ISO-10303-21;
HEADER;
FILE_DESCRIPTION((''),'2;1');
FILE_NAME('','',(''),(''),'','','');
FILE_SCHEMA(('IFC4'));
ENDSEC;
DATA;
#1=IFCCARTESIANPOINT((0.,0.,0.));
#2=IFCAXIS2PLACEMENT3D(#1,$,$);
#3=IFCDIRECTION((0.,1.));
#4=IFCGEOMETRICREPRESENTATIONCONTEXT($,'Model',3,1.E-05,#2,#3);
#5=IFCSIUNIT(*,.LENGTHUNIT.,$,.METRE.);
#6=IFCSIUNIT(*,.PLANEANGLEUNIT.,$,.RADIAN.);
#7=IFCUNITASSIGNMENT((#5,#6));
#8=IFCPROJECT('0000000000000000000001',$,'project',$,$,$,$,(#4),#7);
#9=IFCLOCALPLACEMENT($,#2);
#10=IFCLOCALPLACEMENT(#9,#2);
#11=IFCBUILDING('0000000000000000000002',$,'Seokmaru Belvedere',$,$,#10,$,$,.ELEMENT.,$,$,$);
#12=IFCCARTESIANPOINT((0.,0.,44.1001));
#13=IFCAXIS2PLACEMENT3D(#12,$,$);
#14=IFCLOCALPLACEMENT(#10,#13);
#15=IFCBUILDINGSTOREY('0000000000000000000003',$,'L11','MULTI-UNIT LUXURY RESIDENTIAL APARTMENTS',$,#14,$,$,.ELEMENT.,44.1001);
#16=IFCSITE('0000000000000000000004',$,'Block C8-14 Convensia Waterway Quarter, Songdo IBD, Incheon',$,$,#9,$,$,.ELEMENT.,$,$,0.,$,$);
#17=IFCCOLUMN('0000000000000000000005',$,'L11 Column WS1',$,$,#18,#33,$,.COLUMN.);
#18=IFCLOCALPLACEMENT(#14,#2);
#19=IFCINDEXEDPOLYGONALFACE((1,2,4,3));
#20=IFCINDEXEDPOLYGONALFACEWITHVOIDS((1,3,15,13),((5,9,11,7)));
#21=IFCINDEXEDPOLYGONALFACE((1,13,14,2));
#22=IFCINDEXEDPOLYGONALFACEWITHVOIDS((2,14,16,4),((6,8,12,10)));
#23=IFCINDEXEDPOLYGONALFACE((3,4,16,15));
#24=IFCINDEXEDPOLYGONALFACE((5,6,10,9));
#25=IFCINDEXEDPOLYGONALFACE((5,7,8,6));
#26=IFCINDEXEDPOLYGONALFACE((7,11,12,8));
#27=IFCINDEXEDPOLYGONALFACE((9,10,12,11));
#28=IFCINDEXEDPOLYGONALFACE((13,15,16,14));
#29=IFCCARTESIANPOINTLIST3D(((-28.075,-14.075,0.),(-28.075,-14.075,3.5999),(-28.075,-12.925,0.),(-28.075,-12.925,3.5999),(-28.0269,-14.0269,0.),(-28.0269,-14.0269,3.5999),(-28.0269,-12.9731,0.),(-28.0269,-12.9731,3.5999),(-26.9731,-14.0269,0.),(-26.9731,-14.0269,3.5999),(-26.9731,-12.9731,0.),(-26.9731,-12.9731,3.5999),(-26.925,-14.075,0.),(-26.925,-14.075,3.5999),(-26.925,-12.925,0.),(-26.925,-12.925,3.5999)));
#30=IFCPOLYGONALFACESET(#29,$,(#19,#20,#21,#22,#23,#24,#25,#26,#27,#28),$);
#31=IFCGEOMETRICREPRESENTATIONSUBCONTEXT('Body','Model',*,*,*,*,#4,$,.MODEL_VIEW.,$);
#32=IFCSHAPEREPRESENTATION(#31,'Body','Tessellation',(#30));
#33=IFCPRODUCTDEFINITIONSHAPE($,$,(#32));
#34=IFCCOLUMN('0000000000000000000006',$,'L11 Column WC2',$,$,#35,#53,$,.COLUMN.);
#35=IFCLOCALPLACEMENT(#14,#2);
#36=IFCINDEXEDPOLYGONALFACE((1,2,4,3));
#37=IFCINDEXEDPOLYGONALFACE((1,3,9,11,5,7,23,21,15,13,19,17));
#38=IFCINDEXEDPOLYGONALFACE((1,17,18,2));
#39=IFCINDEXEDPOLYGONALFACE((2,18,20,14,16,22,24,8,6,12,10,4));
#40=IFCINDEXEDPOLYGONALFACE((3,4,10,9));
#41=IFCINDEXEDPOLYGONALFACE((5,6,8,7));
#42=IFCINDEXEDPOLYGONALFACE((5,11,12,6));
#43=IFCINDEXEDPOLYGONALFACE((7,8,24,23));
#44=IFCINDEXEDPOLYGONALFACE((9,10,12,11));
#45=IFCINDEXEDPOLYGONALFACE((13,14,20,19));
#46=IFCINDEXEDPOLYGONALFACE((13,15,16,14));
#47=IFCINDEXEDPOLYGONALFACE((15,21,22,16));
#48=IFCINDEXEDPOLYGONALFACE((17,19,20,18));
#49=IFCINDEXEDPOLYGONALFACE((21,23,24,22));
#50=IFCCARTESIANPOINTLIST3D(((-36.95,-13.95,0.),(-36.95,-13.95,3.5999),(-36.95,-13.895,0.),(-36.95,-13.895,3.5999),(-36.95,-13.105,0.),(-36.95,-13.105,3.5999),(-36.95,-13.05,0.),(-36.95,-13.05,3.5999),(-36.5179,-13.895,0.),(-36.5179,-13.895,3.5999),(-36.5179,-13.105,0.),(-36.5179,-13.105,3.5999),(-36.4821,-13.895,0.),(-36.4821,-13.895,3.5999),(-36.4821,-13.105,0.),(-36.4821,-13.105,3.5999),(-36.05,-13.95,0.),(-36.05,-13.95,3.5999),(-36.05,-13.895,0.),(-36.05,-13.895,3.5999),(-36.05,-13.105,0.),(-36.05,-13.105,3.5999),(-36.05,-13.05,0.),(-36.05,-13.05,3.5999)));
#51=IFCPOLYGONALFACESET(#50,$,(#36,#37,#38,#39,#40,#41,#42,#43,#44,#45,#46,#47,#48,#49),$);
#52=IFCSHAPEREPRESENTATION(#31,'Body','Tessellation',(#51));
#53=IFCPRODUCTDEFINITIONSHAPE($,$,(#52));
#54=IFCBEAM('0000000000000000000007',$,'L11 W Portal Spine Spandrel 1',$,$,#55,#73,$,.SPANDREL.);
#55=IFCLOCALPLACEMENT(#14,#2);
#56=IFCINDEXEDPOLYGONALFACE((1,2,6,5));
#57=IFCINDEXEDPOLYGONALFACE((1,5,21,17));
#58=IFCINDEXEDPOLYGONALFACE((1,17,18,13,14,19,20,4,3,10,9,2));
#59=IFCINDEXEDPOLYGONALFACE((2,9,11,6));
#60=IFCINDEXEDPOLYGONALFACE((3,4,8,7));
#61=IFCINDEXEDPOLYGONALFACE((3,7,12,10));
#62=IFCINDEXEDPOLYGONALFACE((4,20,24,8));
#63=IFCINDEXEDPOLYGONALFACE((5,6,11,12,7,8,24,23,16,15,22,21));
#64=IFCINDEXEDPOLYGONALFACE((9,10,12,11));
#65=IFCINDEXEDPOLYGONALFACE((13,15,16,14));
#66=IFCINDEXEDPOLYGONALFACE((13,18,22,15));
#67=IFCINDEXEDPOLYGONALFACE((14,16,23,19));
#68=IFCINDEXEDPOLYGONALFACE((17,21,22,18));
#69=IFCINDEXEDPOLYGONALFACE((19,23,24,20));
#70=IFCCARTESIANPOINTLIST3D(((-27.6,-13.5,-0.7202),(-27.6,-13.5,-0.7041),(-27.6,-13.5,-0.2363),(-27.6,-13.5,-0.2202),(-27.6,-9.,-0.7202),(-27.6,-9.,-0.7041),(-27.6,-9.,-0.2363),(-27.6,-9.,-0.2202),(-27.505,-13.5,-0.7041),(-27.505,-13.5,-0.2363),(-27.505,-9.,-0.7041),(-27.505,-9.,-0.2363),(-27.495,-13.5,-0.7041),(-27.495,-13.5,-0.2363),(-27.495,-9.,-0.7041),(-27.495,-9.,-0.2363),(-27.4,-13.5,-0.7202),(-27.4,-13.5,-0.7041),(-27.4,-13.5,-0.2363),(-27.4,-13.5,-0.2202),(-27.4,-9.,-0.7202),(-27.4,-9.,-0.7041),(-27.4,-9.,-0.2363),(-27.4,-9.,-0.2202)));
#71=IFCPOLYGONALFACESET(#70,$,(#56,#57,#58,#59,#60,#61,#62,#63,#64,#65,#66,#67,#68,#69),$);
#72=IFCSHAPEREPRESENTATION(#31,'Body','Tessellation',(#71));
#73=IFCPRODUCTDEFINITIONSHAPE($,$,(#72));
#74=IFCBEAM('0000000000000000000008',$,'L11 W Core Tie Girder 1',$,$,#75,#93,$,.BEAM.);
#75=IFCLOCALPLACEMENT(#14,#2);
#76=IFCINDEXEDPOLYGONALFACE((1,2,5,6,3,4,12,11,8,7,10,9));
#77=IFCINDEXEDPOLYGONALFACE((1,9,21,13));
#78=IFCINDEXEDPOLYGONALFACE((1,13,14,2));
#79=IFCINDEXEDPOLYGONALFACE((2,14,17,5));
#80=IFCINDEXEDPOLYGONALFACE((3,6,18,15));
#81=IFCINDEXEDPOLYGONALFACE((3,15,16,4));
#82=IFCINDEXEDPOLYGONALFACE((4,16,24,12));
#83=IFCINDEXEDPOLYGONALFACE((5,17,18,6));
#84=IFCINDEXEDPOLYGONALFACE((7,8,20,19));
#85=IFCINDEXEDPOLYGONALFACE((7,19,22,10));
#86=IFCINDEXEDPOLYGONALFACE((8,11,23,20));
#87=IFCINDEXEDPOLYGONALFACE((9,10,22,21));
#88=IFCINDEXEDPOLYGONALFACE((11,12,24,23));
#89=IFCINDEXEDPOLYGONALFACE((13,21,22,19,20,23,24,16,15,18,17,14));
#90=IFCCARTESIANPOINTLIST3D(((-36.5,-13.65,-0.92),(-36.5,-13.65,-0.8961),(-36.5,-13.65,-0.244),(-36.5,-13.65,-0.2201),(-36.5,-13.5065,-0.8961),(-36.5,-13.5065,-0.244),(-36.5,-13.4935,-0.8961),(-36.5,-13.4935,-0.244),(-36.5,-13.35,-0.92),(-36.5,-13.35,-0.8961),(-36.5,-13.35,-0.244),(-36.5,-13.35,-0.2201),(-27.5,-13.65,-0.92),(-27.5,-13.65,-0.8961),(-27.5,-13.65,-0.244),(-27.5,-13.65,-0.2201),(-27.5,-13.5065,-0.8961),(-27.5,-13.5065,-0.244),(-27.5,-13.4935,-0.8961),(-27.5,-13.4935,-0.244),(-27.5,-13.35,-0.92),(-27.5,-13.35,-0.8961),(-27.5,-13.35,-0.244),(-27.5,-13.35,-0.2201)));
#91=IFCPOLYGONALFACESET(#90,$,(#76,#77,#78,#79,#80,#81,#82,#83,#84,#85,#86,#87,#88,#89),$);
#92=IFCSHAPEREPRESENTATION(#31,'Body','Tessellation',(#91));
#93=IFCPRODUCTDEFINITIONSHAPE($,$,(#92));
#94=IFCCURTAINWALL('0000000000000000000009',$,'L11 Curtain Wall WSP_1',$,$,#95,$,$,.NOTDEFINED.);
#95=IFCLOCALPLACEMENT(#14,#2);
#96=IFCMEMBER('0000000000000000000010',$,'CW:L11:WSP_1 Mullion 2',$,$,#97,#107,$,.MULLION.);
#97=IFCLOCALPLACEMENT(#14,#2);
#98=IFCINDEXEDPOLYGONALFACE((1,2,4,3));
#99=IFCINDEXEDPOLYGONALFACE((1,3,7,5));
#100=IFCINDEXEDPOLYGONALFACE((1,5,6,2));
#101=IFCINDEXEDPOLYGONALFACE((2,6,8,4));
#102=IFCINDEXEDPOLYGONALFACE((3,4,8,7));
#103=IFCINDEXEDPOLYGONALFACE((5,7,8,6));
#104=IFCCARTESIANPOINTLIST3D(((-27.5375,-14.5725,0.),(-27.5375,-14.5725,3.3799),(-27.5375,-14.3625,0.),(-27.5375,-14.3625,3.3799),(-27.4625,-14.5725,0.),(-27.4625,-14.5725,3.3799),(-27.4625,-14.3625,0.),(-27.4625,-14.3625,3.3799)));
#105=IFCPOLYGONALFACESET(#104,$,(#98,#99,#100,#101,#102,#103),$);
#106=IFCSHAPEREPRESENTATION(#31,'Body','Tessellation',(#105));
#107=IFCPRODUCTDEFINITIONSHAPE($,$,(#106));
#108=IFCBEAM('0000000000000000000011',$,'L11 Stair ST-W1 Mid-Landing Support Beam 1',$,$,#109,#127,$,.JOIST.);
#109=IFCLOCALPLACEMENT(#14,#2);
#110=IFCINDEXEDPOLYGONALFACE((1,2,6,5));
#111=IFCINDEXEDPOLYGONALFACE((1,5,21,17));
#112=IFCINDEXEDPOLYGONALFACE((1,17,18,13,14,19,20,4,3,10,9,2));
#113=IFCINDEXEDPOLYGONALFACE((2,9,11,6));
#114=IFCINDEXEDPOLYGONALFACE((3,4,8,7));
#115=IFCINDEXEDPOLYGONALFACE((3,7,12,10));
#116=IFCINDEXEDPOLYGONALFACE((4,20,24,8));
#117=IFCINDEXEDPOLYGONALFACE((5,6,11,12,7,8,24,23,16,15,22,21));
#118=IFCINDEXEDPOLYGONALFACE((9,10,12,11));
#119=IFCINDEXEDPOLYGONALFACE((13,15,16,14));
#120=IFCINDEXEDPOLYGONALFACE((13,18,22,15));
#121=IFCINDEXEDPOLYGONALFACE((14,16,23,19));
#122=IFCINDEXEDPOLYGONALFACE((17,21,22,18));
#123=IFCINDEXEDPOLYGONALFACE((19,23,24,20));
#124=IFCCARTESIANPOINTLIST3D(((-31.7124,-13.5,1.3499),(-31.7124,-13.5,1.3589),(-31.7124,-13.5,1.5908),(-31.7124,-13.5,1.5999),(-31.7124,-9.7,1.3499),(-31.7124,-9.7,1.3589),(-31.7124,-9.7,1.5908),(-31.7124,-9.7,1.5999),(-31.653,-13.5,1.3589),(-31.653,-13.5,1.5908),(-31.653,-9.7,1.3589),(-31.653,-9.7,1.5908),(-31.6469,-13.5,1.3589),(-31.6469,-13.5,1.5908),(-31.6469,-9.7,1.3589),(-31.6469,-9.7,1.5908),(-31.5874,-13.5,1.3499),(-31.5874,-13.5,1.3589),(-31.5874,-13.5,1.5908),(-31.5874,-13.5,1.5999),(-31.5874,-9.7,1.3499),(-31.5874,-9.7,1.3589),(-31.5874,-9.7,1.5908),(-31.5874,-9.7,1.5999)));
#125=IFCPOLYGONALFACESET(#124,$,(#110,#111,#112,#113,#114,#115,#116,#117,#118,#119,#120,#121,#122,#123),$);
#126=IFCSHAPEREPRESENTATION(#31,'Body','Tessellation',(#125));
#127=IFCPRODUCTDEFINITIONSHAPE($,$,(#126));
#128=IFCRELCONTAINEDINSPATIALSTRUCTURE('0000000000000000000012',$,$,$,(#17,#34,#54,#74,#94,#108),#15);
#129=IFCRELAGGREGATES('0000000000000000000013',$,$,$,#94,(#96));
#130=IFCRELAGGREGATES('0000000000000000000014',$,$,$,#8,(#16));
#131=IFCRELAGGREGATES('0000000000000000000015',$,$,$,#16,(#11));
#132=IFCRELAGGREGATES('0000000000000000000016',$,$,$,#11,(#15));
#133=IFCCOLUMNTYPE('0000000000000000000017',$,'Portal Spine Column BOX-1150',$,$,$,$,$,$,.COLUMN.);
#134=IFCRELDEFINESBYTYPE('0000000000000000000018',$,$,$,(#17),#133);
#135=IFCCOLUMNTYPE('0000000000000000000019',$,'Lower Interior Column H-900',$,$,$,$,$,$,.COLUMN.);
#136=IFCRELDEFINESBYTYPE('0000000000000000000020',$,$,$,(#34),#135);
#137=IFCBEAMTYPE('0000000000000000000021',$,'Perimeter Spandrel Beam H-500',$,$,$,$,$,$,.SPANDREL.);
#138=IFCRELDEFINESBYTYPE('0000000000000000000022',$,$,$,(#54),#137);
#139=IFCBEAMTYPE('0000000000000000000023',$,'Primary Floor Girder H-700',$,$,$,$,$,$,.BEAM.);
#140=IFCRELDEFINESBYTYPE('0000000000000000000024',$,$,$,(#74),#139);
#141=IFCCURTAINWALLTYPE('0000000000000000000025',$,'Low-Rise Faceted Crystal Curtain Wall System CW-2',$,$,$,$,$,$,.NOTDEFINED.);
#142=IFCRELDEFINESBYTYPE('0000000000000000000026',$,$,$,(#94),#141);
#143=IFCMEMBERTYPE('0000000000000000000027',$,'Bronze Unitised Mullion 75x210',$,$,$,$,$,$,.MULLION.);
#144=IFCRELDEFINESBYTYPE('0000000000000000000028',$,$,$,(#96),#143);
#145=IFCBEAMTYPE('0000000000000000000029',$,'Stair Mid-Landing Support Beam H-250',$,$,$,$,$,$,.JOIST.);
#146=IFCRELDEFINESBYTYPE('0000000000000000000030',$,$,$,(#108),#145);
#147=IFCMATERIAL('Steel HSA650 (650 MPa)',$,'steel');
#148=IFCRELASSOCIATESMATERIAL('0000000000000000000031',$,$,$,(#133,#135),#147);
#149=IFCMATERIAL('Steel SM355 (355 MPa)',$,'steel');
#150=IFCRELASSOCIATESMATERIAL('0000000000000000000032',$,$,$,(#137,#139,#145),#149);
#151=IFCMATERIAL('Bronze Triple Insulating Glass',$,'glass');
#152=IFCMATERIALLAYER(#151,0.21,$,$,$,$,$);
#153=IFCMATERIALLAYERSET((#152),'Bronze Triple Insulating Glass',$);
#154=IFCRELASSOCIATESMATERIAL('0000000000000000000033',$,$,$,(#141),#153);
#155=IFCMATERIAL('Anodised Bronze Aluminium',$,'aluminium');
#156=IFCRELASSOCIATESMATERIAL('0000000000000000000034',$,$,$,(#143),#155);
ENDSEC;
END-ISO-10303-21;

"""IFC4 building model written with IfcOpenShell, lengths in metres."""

from ifc_helpers import new_model, si_unit, direction, frame, origin, origin_2d, place, context, subcontext, project, spatial, rectangle, hollow_rectangle, i_section, extrude, source, transform, mapped, material, layer, layer_set, material_profile, profile_set, type_object, type_shapes, element, aggregate, save


model = new_model("IFC4")

# Units and contexts
model_context = context("Model", 3, precision=1e-05, world=origin(), true_north=direction((0.0, 1.0)))
body_context = subcontext(model_context, "Body", "Model", "MODEL_VIEW")
ifc_project = project(units=[si_unit("LENGTHUNIT", "METRE"), si_unit("PLANEANGLEUNIT", "RADIAN")], contexts=[model_context])

# Site, building, storey
site_placement = place(None, origin())
site = spatial("IfcSite", under=ifc_project, at=site_placement, Name="Block C8-14 Convensia Waterway Quarter, Songdo IBD, Incheon", CompositionType="ELEMENT", RefElevation=0.0)
building_placement = place(site_placement, origin())
building = spatial("IfcBuilding", under=site, at=building_placement, Name="Seokmaru Belvedere", CompositionType="ELEMENT")
storey_placement = place(building_placement, frame((0.0, 0.0, 44.1001)))
storey = spatial("IfcBuildingStorey", under=building, at=storey_placement, Name="L11", Description="MULTI-UNIT LUXURY RESIDENTIAL APARTMENTS", CompositionType="ELEMENT", Elevation=44.1001)

# Columns
ifc_material_1 = material(Name="Steel HSA650 (650 MPa)", Category="steel")
ifc_material_profile_1 = material_profile(ifc_material_1, hollow_rectangle(XDim=1.1499, YDim=1.1499, WallThickness=0.0481, at=origin_2d()), Name="BOX-1150x1150x48")
ifc_profile_set_1 = profile_set([ifc_material_profile_1], Name="Steel HSA650 (650 MPa)")
column_type_1 = type_object("IfcColumnType", Name="Portal Spine Column BOX-1150", PredefinedType="COLUMN", material=ifc_profile_set_1)
shared_shape_1 = source(origin(), body_context, "Body", "SweptSolid", [
    extrude(hollow_rectangle(XDim=1.1499, YDim=1.1499, WallThickness=0.0481, at=origin_2d()), origin(), (0.0, 0.0, 1.0), 3.5999),
])
type_shapes(column_type_1, [shared_shape_1])
column_1_placement = place(storey_placement, frame((-27.5, -13.5, 0.0), z_axis=(0.0, 0.0, 1.0), x_axis=(1.0, 0.0, 0.0)))
element("IfcColumn", 1, at=column_1_placement, inside=storey, type_object=column_type_1, Name="L11 Column WS1", PredefinedType="COLUMN", context=body_context, shape_type="MappedRepresentation", body=[
    mapped(shared_shape_1, transform((0.0, 0.0, 0.0), scale=1.0)),
])
ifc_material_profile_2 = material_profile(ifc_material_1, i_section(OverallWidth=0.8999, OverallDepth=0.8999, WebThickness=0.0359, FlangeThickness=0.0549, at=origin_2d()), Name="H-900x900x36x55")
ifc_profile_set_2 = profile_set([ifc_material_profile_2], Name="Steel HSA650 (650 MPa)")
column_type_2 = type_object("IfcColumnType", Name="Lower Interior Column H-900", PredefinedType="COLUMN", material=ifc_profile_set_2)
shared_shape_2 = source(origin(), body_context, "Body", "SweptSolid", [
    extrude(i_section(OverallWidth=0.8999, OverallDepth=0.8999, WebThickness=0.0359, FlangeThickness=0.0549, at=origin_2d()), origin(), (0.0, 0.0, 1.0), 3.5999),
])
type_shapes(column_type_2, [shared_shape_2])
column_2_placement = place(storey_placement, frame((-36.5, -13.5, 0.0), z_axis=(0.0, 0.0, 1.0), x_axis=(1.0, 0.0, 0.0)))
element("IfcColumn", 2, at=column_2_placement, inside=storey, type_object=column_type_2, Name="L11 Column WC2", PredefinedType="COLUMN", context=body_context, shape_type="MappedRepresentation", body=[
    mapped(shared_shape_2, transform((0.0, 0.0, 0.0), scale=1.0)),
])

# Beams
ifc_material_2 = material(Name="Steel SM355 (355 MPa)", Category="steel")
ifc_material_profile_3 = material_profile(ifc_material_2, i_section(OverallWidth=0.2, OverallDepth=0.5, WebThickness=0.01, FlangeThickness=0.0161, at=origin_2d()), Name="H-500x200x10x16")
ifc_profile_set_3 = profile_set([ifc_material_profile_3], Name="Steel SM355 (355 MPa)")
beam_type_1 = type_object("IfcBeamType", Name="Perimeter Spandrel Beam H-500", PredefinedType="SPANDREL", material=ifc_profile_set_3)
shared_shape_3 = source(origin(), body_context, "Body", "SweptSolid", [
    extrude(i_section(OverallWidth=0.2, OverallDepth=0.5, WebThickness=0.01, FlangeThickness=0.0161, at=origin_2d()), origin(), (0.0, 0.0, 1.0), 4.5),
])
type_shapes(beam_type_1, [shared_shape_3])
beam_1_placement = place(storey_placement, frame((-27.5, -13.5, -0.4702), z_axis=(0.0, 1.0, 0.0), x_axis=(-1.0, 0.0, 0.0)))
element("IfcBeam", 3, at=beam_1_placement, inside=storey, type_object=beam_type_1, Name="L11 W Portal Spine Spandrel 1", PredefinedType="SPANDREL", context=body_context, shape_type="MappedRepresentation", body=[
    mapped(shared_shape_3, transform((0.0, 0.0, 0.0), scale=1.0)),
])
ifc_material_profile_4 = material_profile(ifc_material_2, i_section(OverallWidth=0.3, OverallDepth=0.7, WebThickness=0.0129, FlangeThickness=0.0239, at=origin_2d()), Name="H-700x300x13x24")
ifc_profile_set_4 = profile_set([ifc_material_profile_4], Name="Steel SM355 (355 MPa)")
beam_type_2 = type_object("IfcBeamType", Name="Primary Floor Girder H-700", PredefinedType="BEAM", material=ifc_profile_set_4)
shared_shape_4 = source(origin(), body_context, "Body", "SweptSolid", [
    extrude(i_section(OverallWidth=0.3, OverallDepth=0.7, WebThickness=0.0129, FlangeThickness=0.0239, at=origin_2d()), origin(), (0.0, 0.0, 1.0), 9.0),
])
type_shapes(beam_type_2, [shared_shape_4])
beam_2_placement = place(storey_placement, frame((-36.5, -13.5, -0.5701), z_axis=(1.0, 0.0, 0.0), x_axis=(0.0, 1.0, 0.0)))
element("IfcBeam", 4, at=beam_2_placement, inside=storey, type_object=beam_type_2, Name="L11 W Core Tie Girder 1", PredefinedType="BEAM", context=body_context, shape_type="MappedRepresentation", body=[
    mapped(shared_shape_4, transform((0.0, 0.0, 0.0), scale=1.0)),
])

# Curtain wall, member
ifc_material_3 = material(Name="Bronze Triple Insulating Glass", Category="glass")
ifc_layer_1 = layer(ifc_material_3, 0.21)
ifc_layer_set_1 = layer_set([ifc_layer_1], Name="Bronze Triple Insulating Glass")
curtain_wall_type = type_object("IfcCurtainWallType", Name="Low-Rise Faceted Crystal Curtain Wall System CW-2", PredefinedType="NOTDEFINED", material=ifc_layer_set_1)
curtain_wall_placement = place(storey_placement, origin())
curtain_wall = element("IfcCurtainWall", 5, at=curtain_wall_placement, inside=storey, type_object=curtain_wall_type, Name="L11 Curtain Wall WSP_1", PredefinedType="NOTDEFINED")
ifc_material_4 = material(Name="Anodised Bronze Aluminium", Category="aluminium")
ifc_material_profile_5 = material_profile(ifc_material_4, rectangle(XDim=0.075, YDim=0.21, at=origin_2d()), Name="CW-M-75x210")
ifc_profile_set_5 = profile_set([ifc_material_profile_5], Name="Anodised Bronze Aluminium")
member_type = type_object("IfcMemberType", Name="Bronze Unitised Mullion 75x210", PredefinedType="MULLION", material=ifc_profile_set_5)
shared_shape_5 = source(origin(), body_context, "Body", "SweptSolid", [
    extrude(rectangle(XDim=0.075, YDim=0.21, at=origin_2d()), origin(), (0.0, 0.0, 1.0), 3.3799),
])
type_shapes(member_type, [shared_shape_5])
member_placement = place(storey_placement, frame((-27.5, -14.4675, 0.0), z_axis=(0.0, 0.0, 1.0), x_axis=(-1.0, 0.0, 0.0)))
member = element("IfcMember", 6, at=member_placement, type_object=member_type, Name="CW:L11:WSP_1 Mullion 2", PredefinedType="MULLION", context=body_context, shape_type="MappedRepresentation", body=[
    mapped(shared_shape_5, transform((0.0, 0.0, 0.0), scale=1.0)),
])
aggregate(curtain_wall, [member])

# Beam
ifc_material_profile_6 = material_profile(ifc_material_2, i_section(OverallWidth=0.125, OverallDepth=0.25, WebThickness=0.0061, FlangeThickness=0.009, at=origin_2d()), Name="H-250x125x6x9")
ifc_profile_set_6 = profile_set([ifc_material_profile_6], Name="Steel SM355 (355 MPa)")
beam_type_3 = type_object("IfcBeamType", Name="Stair Mid-Landing Support Beam H-250", PredefinedType="JOIST", material=ifc_profile_set_6)
shared_shape_6 = source(origin(), body_context, "Body", "SweptSolid", [
    extrude(i_section(OverallWidth=0.125, OverallDepth=0.25, WebThickness=0.0061, FlangeThickness=0.009, at=origin_2d()), origin(), (0.0, 0.0, 1.0), 3.8),
])
type_shapes(beam_type_3, [shared_shape_6])
beam_3_placement = place(storey_placement, frame((-31.6499, -13.5, 1.4749), z_axis=(0.0, 1.0, 0.0), x_axis=(-1.0, 0.0, 0.0)))
element("IfcBeam", 7, at=beam_3_placement, inside=storey, type_object=beam_type_3, Name="L11 Stair ST-W1 Mid-Landing Support Beam 1", PredefinedType="JOIST", context=body_context, shape_type="MappedRepresentation", body=[
    mapped(shared_shape_6, transform((0.0, 0.0, 0.0), scale=1.0)),
])

save(model, "model.ifc")
